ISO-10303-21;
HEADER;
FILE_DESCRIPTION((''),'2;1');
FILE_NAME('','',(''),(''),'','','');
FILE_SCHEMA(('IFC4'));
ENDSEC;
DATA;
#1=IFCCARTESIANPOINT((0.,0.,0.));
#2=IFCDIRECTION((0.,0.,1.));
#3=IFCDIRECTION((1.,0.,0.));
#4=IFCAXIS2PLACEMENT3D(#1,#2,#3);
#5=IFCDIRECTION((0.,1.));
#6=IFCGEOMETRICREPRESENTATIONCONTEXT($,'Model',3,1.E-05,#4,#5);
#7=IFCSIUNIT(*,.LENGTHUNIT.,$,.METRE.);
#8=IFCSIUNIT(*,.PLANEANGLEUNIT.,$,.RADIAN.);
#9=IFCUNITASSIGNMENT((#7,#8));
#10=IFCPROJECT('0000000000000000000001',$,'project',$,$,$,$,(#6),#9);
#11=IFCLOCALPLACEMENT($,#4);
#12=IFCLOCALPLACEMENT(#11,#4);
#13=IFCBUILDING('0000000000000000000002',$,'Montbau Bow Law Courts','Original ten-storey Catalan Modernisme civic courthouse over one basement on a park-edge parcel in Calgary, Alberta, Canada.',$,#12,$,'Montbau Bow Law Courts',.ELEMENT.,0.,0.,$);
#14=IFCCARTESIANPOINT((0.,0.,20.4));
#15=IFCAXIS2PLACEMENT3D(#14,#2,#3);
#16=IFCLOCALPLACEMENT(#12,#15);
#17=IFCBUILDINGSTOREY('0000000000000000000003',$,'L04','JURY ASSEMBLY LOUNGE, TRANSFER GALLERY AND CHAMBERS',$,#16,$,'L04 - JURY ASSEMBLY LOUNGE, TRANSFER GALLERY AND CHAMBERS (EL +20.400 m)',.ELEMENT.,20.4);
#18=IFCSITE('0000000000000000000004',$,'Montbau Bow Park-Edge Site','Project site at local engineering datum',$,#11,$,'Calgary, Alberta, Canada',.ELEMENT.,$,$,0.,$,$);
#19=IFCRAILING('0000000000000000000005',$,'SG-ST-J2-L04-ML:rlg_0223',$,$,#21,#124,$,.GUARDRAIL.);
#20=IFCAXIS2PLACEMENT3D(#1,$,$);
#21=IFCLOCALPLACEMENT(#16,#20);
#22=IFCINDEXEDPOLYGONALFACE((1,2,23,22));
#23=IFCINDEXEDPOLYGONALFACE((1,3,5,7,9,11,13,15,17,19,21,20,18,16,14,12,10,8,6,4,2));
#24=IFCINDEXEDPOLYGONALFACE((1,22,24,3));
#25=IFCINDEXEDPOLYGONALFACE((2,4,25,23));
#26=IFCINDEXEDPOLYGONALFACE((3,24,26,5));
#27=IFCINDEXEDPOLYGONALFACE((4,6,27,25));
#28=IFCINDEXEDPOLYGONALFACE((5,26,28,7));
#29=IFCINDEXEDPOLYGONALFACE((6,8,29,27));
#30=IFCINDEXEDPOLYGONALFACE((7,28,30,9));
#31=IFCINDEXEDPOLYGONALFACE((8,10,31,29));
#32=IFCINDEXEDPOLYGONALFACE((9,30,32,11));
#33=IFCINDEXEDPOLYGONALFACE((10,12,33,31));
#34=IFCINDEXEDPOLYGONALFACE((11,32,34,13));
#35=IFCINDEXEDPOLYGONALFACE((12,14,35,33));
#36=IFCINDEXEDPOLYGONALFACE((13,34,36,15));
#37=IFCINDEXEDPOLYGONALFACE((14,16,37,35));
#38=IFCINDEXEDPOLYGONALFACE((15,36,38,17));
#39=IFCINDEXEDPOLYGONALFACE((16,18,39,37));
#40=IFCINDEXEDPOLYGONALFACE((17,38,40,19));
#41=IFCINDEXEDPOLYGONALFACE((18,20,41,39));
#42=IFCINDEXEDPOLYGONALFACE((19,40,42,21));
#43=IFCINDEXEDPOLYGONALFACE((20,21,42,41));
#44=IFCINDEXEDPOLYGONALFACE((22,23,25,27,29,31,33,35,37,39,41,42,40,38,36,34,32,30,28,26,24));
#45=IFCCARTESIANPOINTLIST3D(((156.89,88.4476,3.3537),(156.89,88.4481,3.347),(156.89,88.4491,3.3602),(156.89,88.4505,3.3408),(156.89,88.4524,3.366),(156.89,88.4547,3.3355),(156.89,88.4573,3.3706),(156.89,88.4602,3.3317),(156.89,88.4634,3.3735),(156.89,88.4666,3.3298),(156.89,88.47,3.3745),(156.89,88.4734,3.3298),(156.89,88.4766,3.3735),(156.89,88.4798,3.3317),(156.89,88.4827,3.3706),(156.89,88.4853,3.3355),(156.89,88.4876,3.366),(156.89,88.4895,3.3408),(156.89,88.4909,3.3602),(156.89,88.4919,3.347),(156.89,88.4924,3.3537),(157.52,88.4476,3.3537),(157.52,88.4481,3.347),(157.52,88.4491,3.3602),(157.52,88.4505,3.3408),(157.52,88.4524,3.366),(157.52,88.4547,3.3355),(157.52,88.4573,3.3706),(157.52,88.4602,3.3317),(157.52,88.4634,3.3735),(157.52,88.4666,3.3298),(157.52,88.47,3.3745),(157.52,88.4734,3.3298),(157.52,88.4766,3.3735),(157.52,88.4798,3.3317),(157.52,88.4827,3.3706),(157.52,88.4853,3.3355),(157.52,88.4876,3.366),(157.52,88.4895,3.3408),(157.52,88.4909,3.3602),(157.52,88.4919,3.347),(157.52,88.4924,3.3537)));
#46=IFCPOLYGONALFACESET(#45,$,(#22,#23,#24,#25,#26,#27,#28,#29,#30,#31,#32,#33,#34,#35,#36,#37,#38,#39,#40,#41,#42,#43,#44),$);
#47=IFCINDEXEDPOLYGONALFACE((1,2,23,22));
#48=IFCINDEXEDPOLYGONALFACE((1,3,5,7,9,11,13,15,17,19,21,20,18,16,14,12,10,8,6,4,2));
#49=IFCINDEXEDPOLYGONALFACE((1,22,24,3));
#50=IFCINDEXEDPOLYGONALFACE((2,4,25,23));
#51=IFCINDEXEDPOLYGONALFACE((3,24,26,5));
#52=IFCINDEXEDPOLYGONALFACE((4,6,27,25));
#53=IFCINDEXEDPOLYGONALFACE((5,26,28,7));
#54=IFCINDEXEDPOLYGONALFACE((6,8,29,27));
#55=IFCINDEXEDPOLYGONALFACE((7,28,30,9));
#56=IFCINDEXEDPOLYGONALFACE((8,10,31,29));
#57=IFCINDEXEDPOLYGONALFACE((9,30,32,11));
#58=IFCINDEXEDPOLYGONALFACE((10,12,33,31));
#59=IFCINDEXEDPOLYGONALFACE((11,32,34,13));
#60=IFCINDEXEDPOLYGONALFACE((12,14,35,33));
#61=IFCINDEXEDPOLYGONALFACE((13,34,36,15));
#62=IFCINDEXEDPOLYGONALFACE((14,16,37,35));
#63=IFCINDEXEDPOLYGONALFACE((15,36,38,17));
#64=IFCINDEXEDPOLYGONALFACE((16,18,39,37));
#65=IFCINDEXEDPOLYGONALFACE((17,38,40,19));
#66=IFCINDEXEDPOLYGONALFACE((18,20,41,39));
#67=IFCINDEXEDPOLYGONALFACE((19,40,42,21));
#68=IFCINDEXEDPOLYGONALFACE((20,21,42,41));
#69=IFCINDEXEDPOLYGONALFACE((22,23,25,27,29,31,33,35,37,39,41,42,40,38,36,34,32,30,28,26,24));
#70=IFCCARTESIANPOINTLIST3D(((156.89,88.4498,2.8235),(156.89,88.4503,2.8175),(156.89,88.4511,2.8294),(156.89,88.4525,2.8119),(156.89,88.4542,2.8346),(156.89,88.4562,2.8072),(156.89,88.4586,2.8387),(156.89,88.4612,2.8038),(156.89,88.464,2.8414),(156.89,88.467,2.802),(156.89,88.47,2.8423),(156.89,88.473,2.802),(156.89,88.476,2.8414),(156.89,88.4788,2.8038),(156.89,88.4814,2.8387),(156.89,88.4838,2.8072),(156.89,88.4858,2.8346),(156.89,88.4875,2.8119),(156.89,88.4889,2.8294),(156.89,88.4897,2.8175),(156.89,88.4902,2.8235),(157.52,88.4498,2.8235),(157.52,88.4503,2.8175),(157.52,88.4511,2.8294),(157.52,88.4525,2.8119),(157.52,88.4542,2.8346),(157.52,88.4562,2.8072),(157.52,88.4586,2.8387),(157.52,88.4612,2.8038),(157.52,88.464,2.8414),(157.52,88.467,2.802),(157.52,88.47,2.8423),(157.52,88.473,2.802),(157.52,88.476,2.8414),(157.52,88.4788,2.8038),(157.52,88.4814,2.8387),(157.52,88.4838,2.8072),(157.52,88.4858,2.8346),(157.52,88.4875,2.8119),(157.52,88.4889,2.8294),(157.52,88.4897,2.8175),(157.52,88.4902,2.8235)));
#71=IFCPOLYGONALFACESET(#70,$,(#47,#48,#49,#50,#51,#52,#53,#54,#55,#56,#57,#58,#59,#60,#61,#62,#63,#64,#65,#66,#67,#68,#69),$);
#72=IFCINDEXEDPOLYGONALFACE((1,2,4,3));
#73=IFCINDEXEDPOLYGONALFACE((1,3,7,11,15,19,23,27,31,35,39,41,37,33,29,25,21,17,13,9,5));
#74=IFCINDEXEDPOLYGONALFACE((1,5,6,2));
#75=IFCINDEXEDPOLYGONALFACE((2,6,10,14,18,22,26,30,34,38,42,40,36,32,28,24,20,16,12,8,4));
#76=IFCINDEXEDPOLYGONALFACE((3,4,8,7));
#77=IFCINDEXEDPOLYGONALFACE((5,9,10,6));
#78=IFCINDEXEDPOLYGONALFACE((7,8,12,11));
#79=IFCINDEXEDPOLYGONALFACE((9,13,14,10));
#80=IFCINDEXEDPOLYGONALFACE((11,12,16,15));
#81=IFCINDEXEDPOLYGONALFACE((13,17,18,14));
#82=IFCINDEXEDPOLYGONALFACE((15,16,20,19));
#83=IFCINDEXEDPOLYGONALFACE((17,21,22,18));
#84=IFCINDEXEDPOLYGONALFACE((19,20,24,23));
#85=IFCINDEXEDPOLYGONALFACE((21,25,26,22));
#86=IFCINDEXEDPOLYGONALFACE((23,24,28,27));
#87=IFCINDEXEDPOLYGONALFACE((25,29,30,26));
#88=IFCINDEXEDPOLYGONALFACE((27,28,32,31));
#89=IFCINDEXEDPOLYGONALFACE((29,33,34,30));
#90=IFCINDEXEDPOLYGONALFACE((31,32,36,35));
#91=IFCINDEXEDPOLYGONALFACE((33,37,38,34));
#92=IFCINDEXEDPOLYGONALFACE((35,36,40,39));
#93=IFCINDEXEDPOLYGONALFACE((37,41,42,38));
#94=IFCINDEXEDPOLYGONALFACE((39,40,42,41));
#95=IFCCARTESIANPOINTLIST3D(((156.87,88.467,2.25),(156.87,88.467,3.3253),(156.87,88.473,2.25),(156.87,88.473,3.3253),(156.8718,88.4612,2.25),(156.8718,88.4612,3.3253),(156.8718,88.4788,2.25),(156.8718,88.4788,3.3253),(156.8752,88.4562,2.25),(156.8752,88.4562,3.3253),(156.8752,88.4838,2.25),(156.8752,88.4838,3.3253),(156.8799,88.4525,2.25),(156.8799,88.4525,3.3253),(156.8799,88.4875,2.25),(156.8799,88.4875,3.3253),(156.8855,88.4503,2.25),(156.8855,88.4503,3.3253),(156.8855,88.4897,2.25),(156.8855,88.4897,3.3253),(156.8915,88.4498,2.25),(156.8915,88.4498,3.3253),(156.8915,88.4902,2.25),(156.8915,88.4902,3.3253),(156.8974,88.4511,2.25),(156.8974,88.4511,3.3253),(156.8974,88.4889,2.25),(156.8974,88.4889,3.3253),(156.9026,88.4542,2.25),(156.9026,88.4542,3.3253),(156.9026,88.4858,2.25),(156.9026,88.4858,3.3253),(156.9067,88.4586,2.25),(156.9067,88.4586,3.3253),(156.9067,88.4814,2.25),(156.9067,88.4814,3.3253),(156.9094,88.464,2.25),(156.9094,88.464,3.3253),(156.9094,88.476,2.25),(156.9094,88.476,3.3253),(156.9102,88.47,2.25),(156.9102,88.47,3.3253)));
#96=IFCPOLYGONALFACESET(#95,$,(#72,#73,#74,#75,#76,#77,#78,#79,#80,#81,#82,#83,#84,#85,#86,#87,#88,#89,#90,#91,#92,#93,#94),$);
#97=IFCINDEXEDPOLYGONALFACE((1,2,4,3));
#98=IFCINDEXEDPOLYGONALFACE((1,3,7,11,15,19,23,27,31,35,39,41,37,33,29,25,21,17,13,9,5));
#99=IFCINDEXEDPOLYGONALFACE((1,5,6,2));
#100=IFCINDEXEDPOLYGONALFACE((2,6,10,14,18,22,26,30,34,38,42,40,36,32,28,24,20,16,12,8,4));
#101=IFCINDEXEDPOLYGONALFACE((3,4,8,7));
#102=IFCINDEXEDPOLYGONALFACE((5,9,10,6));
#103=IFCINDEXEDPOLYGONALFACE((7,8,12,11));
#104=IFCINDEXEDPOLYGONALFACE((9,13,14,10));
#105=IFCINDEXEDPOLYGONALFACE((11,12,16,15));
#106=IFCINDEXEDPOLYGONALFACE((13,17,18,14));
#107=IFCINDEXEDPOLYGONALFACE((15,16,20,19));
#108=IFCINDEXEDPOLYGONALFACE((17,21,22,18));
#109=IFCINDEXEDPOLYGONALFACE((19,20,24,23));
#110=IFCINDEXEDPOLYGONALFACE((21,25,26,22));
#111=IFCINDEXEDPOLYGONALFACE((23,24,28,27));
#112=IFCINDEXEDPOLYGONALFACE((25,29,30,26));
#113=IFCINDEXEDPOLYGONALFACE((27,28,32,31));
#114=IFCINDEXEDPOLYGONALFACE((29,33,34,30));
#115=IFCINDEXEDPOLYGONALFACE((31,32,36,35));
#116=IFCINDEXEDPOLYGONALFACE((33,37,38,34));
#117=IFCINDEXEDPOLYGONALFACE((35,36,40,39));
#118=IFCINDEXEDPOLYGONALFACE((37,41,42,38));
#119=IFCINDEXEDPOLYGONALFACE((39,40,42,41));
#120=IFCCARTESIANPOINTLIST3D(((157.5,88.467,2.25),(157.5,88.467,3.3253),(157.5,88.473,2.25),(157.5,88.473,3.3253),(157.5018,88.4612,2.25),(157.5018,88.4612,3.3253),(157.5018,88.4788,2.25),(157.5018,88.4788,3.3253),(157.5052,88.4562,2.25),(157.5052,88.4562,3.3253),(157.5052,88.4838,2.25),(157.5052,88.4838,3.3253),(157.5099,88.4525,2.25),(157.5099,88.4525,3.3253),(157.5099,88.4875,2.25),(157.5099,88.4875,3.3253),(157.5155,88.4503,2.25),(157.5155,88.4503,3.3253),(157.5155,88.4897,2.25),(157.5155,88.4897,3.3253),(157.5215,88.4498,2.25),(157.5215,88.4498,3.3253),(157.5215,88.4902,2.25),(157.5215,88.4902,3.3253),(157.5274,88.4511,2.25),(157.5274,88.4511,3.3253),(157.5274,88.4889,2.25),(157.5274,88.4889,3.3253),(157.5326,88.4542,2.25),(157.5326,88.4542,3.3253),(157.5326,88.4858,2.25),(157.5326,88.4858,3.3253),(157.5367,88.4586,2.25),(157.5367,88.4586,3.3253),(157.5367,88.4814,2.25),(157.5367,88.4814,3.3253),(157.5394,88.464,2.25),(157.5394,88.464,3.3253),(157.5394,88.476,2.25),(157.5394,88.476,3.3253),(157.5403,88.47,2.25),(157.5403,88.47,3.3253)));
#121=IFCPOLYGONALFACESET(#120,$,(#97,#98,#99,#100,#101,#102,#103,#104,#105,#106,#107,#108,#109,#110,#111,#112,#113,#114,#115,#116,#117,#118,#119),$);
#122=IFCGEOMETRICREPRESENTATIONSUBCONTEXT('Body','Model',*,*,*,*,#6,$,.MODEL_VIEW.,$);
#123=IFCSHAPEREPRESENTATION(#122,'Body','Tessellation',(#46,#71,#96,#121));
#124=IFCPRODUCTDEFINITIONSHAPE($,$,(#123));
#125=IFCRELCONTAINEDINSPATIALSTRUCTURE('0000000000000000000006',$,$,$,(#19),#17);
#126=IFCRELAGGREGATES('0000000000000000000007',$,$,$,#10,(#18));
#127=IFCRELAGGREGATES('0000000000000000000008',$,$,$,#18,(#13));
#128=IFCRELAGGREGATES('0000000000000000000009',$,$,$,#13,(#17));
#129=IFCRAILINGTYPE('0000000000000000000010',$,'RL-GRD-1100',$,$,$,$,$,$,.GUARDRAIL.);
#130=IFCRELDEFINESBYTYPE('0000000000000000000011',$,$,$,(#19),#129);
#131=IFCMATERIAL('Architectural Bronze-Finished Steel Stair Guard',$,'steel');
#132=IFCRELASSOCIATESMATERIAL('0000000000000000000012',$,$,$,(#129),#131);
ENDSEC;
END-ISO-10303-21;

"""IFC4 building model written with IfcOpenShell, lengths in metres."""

from ifc_helpers import new_model, si_unit, direction, frame, origin_with_axes, origin_2d_with_axis, place, context, subcontext, project, spatial, circle, extrude, material, type_object, element, save


model = new_model("IFC4")

# Units and contexts
model_context = context("Model", 3, precision=1e-05, world=origin_with_axes(), true_north=direction((0.0, 1.0)))
body_context = subcontext(model_context, "Body", "Model", "MODEL_VIEW")
ifc_project = project(units=[si_unit("LENGTHUNIT", "METRE"), si_unit("PLANEANGLEUNIT", "RADIAN")], contexts=[model_context])

# Site, building, storey
site_placement = place(None, origin_with_axes())
site = spatial("IfcSite", under=ifc_project, at=site_placement, Name="Montbau Bow Park-Edge Site", Description="Project site at local engineering datum", LongName="Calgary, Alberta, Canada", CompositionType="ELEMENT", RefElevation=0.0)
building_placement = place(site_placement, origin_with_axes())
building = spatial("IfcBuilding", under=site, at=building_placement, Name="Montbau Bow Law Courts", Description="Original ten-storey Catalan Modernisme civic courthouse over one basement on a park-edge parcel in Calgary, Alberta, Canada.", LongName="Montbau Bow Law Courts", CompositionType="ELEMENT", ElevationOfRefHeight=0.0, ElevationOfTerrain=0.0)
storey_placement = place(building_placement, frame((0.0, 0.0, 20.4), z_axis=(0.0, 0.0, 1.0), x_axis=(1.0, 0.0, 0.0)))
storey = spatial("IfcBuildingStorey", under=building, at=storey_placement, Name="L04", Description="JURY ASSEMBLY LOUNGE, TRANSFER GALLERY AND CHAMBERS", LongName="L04 - JURY ASSEMBLY LOUNGE, TRANSFER GALLERY AND CHAMBERS (EL +20.400 m)", CompositionType="ELEMENT", Elevation=20.4)

# Railing
ifc_material_1 = material(Name="Architectural Bronze-Finished Steel Stair Guard", Category="steel")
railing_type_1 = type_object("IfcRailingType", Name="RL-GRD-1100", PredefinedType="GUARDRAIL", material=ifc_material_1)
railing_1_placement = place(None, origin_with_axes())
element("IfcRailing", 1, at=railing_1_placement, inside=storey, type_object=railing_type_1, Name="SG-ST-J2-L04-ML:rlg_0223", PredefinedType="GUARDRAIL", context=body_context, shape_type="SweptSolid", body=[
    extrude(circle(Radius=0.0225, at=origin_2d_with_axis()), frame((156.89, 88.47, 23.752), z_axis=(1.0, 0.0, 0.0), x_axis=(0.0, 0.0, 1.0)), (0.0, 0.0, 1.0), 0.63),
    extrude(circle(Radius=0.0203, at=origin_2d_with_axis()), frame((156.89, 88.47, 23.222), z_axis=(1.0, 0.0, 0.0), x_axis=(0.0, 0.0, 1.0)), (0.0, 0.0, 1.0), 0.63),
    extrude(circle(Radius=0.0203, at=origin_2d_with_axis()), frame((156.89, 88.47, 22.65), z_axis=(0.0, 0.0, 1.0), x_axis=(1.0, 0.0, 0.0)), (0.0, 0.0, 1.0), 1.0753),
    extrude(circle(Radius=0.0203, at=origin_2d_with_axis()), frame((157.52, 88.47, 22.65), z_axis=(0.0, 0.0, 1.0), x_axis=(1.0, 0.0, 0.0)), (0.0, 0.0, 1.0), 1.0753),
])

save(model, "model.ifc")
